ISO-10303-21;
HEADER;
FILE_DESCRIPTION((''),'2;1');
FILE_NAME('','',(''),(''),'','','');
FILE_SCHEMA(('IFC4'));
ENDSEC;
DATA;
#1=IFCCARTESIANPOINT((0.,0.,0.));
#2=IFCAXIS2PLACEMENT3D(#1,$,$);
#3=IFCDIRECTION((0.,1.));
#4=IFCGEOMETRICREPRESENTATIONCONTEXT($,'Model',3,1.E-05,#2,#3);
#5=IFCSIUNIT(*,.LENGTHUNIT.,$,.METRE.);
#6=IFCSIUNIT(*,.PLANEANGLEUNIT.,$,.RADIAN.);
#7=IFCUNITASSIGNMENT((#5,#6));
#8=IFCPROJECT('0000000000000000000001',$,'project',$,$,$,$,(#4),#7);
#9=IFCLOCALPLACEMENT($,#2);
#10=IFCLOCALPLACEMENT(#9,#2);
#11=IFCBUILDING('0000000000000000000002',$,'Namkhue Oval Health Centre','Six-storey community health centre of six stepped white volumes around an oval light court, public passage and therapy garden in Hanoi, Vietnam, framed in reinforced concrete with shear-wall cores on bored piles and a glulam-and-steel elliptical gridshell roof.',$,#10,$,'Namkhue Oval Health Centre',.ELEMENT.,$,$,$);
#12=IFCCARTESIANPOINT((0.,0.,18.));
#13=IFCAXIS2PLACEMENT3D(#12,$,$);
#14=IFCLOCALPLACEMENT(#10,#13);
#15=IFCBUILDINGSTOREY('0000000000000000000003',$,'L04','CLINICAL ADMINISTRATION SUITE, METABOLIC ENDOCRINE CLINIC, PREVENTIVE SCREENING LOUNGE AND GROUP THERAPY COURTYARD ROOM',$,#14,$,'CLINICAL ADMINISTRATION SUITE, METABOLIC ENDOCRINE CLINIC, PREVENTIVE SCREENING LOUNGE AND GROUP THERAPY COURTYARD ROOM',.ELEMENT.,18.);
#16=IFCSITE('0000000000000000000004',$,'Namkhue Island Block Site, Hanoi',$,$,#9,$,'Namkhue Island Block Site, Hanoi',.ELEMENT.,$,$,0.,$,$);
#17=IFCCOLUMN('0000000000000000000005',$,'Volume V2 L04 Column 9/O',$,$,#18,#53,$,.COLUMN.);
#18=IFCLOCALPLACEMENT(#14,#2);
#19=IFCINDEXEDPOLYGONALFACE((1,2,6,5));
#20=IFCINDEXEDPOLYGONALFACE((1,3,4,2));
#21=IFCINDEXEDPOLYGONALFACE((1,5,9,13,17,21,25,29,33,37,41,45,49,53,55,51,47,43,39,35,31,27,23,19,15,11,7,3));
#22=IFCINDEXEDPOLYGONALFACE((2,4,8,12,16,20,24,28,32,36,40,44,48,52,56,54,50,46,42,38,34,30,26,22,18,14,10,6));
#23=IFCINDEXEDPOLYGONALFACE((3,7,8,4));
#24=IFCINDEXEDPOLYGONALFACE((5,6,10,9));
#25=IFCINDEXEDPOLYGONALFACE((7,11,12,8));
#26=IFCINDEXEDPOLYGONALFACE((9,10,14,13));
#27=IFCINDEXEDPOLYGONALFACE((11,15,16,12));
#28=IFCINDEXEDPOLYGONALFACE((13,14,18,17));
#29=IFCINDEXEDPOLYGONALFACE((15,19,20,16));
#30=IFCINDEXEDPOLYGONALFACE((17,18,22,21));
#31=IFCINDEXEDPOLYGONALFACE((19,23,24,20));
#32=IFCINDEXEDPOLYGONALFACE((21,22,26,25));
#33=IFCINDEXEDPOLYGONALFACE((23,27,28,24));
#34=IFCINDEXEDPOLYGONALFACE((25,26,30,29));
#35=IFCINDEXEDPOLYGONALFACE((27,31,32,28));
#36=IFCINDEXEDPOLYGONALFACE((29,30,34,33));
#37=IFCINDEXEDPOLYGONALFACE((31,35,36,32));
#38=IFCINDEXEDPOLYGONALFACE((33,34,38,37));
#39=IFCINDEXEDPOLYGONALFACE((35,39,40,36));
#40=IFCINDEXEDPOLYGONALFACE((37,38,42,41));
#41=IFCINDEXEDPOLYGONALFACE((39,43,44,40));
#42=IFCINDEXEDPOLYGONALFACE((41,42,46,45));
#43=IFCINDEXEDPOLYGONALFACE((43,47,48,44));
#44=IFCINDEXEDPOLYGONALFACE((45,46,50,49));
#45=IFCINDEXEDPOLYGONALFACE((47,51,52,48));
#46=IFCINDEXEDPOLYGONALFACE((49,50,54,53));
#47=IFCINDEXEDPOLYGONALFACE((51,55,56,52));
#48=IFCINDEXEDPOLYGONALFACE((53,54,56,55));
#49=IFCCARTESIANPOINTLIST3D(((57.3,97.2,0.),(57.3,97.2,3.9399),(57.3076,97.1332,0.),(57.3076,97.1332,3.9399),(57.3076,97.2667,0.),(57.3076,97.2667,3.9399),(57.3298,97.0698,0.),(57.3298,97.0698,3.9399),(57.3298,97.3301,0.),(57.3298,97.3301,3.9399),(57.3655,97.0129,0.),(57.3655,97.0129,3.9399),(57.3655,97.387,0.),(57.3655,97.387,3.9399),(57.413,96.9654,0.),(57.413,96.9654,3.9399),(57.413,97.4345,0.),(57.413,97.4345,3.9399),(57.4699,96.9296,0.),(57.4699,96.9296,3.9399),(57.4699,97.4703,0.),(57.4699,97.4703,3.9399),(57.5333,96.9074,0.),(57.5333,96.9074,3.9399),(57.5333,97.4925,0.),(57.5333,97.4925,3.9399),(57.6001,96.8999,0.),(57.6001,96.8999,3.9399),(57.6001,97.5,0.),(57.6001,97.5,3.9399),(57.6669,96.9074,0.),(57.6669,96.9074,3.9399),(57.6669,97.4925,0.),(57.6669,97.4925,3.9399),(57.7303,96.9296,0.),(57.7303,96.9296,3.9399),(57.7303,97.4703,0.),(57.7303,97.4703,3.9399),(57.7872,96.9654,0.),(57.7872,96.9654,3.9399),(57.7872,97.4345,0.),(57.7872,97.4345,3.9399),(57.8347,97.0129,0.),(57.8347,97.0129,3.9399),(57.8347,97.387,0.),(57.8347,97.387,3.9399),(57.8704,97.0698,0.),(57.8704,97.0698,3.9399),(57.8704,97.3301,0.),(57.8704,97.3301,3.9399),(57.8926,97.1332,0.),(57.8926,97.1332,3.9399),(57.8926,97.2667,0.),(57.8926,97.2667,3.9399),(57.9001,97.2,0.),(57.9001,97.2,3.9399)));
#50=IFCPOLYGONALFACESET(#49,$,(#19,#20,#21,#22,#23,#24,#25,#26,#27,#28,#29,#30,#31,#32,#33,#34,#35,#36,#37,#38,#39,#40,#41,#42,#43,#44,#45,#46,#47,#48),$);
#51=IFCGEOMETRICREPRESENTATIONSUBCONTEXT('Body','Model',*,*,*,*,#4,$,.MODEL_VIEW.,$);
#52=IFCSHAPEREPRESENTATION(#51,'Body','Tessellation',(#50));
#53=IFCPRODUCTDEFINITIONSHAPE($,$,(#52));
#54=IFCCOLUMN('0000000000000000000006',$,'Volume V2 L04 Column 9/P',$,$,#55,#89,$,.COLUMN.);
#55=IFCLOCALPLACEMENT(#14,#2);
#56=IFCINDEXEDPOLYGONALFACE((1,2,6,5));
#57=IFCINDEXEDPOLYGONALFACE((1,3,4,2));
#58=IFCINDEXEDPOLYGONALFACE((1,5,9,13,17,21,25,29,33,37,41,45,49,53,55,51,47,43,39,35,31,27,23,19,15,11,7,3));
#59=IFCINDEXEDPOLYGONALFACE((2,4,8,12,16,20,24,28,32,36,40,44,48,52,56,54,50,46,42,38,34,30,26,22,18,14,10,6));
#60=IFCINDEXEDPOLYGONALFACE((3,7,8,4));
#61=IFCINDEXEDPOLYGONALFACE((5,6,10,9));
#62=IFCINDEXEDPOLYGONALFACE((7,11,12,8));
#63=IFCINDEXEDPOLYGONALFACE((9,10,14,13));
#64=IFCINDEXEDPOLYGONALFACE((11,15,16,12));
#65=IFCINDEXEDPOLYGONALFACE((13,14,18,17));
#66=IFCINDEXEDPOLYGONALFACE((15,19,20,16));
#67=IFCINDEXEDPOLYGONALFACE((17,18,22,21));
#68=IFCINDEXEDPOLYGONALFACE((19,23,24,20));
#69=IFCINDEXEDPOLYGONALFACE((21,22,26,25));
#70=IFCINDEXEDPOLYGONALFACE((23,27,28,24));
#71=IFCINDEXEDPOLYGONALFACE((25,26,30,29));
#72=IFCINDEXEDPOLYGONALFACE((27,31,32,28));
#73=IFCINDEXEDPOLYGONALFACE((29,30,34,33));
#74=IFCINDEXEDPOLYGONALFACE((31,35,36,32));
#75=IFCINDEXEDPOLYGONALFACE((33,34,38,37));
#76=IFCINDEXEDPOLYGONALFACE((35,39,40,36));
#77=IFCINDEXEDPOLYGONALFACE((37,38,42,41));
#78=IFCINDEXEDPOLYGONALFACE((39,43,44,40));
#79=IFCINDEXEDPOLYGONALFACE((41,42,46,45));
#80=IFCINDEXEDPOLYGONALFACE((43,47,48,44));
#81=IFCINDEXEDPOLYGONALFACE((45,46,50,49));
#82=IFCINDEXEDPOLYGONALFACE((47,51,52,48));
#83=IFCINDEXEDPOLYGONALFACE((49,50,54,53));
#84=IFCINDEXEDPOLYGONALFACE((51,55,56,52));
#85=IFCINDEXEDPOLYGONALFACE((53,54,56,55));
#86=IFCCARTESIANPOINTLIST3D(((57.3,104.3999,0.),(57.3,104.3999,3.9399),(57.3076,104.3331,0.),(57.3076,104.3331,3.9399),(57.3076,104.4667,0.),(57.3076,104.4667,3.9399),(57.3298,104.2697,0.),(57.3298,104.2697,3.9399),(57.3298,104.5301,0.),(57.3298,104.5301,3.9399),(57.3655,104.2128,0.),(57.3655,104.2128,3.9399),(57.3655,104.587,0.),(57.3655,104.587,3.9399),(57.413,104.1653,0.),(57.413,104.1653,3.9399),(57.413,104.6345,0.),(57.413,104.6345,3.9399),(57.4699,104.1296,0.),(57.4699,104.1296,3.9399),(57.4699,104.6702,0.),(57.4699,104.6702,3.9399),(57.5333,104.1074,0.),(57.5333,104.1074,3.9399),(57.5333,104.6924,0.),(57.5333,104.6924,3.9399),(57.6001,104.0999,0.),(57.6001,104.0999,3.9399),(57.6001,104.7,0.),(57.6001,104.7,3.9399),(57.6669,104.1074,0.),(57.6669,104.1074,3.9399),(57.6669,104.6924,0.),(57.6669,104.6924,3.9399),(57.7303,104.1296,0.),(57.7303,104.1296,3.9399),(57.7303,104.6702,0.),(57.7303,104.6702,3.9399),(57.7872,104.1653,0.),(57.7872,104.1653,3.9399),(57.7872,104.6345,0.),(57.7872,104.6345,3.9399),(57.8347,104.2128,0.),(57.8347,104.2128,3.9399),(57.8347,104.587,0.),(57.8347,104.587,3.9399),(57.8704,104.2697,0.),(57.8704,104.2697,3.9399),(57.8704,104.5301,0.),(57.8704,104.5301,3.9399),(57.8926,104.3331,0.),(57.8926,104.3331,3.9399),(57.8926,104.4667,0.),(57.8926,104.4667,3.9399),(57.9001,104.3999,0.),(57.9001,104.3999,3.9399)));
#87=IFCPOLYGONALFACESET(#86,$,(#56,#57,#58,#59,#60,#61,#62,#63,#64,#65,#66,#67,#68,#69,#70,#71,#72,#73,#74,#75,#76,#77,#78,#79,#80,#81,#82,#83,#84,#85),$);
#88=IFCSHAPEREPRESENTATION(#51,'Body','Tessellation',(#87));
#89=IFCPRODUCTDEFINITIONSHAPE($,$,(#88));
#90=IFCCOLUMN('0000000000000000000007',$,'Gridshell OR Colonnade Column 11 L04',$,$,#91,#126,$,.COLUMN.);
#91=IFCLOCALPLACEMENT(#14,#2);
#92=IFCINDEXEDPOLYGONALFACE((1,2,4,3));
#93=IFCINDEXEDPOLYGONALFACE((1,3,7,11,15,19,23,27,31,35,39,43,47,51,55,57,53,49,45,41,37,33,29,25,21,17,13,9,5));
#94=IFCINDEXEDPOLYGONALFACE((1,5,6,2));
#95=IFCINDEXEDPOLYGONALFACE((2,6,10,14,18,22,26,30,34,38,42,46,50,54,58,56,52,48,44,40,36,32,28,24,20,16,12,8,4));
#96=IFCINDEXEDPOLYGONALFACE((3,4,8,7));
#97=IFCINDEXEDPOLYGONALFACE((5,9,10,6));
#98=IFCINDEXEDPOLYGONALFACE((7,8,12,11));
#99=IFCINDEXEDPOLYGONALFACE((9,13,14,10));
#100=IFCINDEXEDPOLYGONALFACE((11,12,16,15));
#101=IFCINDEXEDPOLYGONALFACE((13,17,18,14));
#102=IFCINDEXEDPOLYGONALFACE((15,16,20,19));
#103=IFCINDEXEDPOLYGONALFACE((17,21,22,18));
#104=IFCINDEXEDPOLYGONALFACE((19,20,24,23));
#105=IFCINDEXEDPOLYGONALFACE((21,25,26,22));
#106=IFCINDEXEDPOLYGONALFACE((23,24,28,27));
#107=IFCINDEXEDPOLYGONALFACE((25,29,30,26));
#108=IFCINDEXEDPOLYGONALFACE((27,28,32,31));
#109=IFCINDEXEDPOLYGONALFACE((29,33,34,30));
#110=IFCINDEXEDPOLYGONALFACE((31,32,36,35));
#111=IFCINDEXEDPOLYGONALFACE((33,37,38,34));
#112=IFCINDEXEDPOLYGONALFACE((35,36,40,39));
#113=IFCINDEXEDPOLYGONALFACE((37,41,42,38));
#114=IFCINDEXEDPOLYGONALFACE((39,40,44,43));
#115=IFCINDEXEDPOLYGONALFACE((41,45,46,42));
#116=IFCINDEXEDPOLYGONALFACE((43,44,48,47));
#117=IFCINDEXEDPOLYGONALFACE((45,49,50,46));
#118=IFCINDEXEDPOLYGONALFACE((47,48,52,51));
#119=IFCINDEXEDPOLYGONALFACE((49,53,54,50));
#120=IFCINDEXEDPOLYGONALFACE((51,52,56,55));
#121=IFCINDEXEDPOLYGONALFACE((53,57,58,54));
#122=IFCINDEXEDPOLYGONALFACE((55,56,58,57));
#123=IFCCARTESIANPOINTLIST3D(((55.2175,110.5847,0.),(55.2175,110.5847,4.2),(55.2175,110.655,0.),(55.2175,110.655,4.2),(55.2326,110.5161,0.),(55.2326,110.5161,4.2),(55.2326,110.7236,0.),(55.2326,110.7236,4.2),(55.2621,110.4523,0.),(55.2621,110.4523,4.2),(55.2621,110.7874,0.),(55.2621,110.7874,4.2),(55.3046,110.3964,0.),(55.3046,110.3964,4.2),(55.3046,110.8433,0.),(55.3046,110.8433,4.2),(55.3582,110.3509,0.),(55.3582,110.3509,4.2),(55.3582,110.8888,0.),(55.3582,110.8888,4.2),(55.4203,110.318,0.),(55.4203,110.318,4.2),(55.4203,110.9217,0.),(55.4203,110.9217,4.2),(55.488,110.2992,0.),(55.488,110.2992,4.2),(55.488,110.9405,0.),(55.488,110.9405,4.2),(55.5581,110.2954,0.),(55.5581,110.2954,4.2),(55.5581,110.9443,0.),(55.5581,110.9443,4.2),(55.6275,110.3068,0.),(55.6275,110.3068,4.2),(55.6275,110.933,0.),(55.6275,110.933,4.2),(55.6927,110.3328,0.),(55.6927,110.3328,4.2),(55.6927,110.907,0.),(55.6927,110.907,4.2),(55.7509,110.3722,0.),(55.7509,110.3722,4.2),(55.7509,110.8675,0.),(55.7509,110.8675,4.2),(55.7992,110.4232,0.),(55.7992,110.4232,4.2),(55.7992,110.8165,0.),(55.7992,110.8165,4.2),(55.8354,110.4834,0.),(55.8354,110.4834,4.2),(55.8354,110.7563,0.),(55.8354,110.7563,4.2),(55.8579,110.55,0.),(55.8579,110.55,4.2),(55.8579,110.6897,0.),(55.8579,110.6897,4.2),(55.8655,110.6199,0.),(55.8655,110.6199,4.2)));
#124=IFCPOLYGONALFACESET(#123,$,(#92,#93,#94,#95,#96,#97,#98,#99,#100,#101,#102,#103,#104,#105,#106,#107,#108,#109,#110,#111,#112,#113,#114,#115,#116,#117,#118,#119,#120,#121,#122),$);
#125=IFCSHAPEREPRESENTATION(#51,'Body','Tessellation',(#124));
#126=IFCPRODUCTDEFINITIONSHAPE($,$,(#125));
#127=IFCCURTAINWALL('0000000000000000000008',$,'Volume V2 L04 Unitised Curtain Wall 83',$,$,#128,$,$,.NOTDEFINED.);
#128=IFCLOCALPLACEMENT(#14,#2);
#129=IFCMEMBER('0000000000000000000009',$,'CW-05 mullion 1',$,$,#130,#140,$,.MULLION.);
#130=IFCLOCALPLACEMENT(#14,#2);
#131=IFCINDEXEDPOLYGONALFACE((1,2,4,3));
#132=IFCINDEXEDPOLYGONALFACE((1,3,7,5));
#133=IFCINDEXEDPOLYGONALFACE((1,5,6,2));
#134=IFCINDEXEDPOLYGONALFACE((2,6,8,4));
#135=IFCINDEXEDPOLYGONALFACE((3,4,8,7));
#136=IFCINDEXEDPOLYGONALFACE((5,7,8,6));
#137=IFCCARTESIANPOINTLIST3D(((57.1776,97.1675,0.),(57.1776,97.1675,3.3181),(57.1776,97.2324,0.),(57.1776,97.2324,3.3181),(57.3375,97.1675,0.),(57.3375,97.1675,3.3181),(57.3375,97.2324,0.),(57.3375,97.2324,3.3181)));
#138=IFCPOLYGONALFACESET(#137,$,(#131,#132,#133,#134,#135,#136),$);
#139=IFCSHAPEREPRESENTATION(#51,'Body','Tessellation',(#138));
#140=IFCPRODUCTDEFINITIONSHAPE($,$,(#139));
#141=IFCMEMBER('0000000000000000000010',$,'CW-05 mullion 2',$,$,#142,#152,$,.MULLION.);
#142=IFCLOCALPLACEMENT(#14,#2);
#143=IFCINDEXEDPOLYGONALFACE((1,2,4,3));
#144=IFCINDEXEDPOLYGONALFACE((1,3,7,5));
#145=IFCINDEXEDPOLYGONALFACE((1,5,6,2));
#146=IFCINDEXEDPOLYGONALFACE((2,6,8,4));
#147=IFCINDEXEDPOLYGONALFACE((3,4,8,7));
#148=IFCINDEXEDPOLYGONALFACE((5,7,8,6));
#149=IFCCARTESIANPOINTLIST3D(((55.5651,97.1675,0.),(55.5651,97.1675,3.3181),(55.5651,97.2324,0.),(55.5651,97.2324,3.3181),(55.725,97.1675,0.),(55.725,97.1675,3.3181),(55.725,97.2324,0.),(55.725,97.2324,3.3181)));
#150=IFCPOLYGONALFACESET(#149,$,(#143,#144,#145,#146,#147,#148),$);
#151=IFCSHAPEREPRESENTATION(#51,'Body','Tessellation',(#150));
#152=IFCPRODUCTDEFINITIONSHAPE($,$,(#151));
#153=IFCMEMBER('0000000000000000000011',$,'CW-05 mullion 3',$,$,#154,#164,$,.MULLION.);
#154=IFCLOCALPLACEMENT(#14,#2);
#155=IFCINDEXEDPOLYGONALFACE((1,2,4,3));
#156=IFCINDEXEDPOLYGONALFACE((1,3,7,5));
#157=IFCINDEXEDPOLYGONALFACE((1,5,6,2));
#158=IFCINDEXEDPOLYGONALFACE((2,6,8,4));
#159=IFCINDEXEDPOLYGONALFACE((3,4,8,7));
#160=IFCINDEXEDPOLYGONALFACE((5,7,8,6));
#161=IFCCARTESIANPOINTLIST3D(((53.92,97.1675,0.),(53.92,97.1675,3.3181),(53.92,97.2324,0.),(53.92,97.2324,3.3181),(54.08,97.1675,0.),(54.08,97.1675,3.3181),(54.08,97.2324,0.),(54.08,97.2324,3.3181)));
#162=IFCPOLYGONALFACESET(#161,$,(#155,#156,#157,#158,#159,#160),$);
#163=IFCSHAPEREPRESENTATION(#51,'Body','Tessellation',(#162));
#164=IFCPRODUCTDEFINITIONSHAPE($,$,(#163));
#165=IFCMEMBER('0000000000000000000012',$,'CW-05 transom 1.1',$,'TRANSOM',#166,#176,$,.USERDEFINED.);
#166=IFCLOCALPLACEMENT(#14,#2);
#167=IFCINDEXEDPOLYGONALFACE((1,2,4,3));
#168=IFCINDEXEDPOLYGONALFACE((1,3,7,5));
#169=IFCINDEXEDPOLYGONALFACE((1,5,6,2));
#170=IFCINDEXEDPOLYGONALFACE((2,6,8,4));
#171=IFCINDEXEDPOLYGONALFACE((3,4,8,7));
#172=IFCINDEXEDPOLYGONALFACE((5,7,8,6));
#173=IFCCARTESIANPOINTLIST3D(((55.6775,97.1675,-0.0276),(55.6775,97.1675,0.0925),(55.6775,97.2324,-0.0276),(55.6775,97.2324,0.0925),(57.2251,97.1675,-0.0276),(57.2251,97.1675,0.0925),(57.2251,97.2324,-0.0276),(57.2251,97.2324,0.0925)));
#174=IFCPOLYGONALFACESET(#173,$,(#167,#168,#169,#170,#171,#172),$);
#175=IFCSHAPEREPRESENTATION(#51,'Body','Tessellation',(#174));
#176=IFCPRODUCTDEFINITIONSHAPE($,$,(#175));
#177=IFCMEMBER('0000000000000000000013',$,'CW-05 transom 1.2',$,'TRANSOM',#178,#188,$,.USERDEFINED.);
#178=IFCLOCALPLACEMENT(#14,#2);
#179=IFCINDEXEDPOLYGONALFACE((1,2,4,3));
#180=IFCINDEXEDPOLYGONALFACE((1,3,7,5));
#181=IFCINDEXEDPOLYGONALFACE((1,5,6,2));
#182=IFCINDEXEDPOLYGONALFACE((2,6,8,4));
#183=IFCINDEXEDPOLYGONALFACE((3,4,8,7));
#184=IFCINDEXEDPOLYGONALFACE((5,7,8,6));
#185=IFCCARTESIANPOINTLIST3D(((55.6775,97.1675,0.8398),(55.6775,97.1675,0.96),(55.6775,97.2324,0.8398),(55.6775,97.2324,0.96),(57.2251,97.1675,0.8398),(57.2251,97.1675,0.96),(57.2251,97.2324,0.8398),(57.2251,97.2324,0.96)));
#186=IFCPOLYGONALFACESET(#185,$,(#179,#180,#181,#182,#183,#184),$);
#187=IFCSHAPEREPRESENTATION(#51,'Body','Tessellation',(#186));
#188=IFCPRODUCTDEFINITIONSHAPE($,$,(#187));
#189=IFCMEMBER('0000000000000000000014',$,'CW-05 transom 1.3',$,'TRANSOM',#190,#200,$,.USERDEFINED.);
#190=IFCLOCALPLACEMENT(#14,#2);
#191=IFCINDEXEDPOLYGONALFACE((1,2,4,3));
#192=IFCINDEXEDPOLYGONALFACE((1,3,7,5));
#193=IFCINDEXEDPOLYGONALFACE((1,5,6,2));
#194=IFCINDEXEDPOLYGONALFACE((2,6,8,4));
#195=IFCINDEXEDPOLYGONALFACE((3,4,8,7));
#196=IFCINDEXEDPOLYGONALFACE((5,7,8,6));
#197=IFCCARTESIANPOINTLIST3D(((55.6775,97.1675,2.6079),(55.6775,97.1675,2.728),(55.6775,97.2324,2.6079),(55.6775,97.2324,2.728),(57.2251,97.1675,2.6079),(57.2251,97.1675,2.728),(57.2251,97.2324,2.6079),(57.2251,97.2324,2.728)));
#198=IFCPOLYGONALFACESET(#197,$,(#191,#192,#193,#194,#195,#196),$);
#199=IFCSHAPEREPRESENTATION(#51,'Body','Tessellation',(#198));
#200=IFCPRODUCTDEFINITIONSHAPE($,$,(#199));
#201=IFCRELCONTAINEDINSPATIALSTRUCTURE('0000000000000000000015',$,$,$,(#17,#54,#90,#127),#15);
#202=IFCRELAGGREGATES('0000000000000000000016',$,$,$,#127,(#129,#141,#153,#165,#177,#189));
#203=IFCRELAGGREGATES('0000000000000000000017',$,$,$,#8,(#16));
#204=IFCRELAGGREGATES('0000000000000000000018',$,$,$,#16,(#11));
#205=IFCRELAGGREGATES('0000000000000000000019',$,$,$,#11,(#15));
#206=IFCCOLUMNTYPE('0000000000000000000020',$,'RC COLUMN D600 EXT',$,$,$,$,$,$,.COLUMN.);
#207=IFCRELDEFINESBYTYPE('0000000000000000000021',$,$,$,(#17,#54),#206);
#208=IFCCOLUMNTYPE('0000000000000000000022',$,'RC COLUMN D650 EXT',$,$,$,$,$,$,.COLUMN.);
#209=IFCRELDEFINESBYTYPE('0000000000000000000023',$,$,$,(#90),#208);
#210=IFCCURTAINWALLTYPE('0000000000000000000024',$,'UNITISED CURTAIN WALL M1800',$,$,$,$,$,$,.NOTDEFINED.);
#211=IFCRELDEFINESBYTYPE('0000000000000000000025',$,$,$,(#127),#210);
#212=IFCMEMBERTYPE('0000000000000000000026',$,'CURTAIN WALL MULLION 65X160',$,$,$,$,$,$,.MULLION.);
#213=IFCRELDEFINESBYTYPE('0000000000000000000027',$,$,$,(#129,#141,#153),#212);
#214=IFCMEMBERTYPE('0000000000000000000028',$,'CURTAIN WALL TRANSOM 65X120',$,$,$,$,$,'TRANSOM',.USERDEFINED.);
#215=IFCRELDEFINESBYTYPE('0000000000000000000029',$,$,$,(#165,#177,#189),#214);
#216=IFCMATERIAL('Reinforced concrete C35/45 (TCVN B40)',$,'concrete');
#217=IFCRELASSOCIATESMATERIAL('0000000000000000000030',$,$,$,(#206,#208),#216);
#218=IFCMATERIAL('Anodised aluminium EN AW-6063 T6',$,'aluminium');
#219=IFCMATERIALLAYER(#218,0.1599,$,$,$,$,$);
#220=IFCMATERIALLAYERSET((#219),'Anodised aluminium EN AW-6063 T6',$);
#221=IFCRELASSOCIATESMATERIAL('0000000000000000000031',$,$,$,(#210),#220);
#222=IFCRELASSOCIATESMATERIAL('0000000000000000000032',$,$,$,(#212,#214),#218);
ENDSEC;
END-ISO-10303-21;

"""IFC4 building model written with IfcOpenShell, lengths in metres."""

from ifc_helpers import new_model, si_unit, direction, frame, origin, origin_2d, place, context, subcontext, project, spatial, rectangle, circle, extrude, material, layer, layer_set, material_profile, profile_set, type_object, element, aggregate, save


model = new_model("IFC4")

# Units and contexts
model_context = context("Model", 3, precision=1e-05, world=origin(), true_north=direction((0.0, 1.0)))
body_context = subcontext(model_context, "Body", "Model", "MODEL_VIEW")
ifc_project = project(units=[si_unit("LENGTHUNIT", "METRE"), si_unit("PLANEANGLEUNIT", "RADIAN")], contexts=[model_context])

# Site, building, storey
site_placement = place(None, origin())
site = spatial("IfcSite", under=ifc_project, at=site_placement, Name="Namkhue Island Block Site, Hanoi", LongName="Namkhue Island Block Site, Hanoi", CompositionType="ELEMENT", RefElevation=0.0)
building_placement = place(site_placement, origin())
building = spatial("IfcBuilding", under=site, at=building_placement, Name="Namkhue Oval Health Centre", Description="Six-storey community health centre of six stepped white volumes around an oval light court, public passage and therapy garden in Hanoi, Vietnam, framed in reinforced concrete with shear-wall cores on bored piles and a glulam-and-steel elliptical gridshell roof.", LongName="Namkhue Oval Health Centre", CompositionType="ELEMENT")
storey_placement = place(building_placement, frame((0.0, 0.0, 18.0)))
storey = spatial("IfcBuildingStorey", under=building, at=storey_placement, Name="L04", Description="CLINICAL ADMINISTRATION SUITE, METABOLIC ENDOCRINE CLINIC, PREVENTIVE SCREENING LOUNGE AND GROUP THERAPY COURTYARD ROOM", LongName="CLINICAL ADMINISTRATION SUITE, METABOLIC ENDOCRINE CLINIC, PREVENTIVE SCREENING LOUNGE AND GROUP THERAPY COURTYARD ROOM", CompositionType="ELEMENT", Elevation=18.0)

# Columns
ifc_material_1 = material(Name="Reinforced concrete C35/45 (TCVN B40)", Category="concrete")
ifc_material_profile_1 = material_profile(ifc_material_1, circle(Radius=0.3, at=origin_2d()), Name="RC D600")
ifc_profile_set_1 = profile_set([ifc_material_profile_1], Name="Reinforced concrete C35/45 (TCVN B40)")
column_type_1 = type_object("IfcColumnType", Name="RC COLUMN D600 EXT", PredefinedType="COLUMN", material=ifc_profile_set_1)
for number, where, z_axis, x_axis, name in (
    (1, (57.6001, 97.2, 0.0), (0.0, 0.0, 1.0), (1.0, 0.0, 0.0), "Volume V2 L04 Column 9/O"),
    (2, (57.6001, 104.3999, 0.0), (0.0, 0.0, 1.0), (1.0, 0.0, 0.0), "Volume V2 L04 Column 9/P"),
):
    element("IfcColumn", number, at=place(storey_placement, frame(where, z_axis=z_axis, x_axis=x_axis)), inside=storey, type_object=column_type_1, Name=name, PredefinedType="COLUMN", context=body_context, shape_type="SweptSolid", body=[
        extrude(circle(Radius=0.3, at=origin_2d()), origin(), (0.0, 0.0, 1.0), 3.9399),
    ])
ifc_material_profile_2 = material_profile(ifc_material_1, circle(Radius=0.325, at=origin_2d()), Name="RC D650")
ifc_profile_set_2 = profile_set([ifc_material_profile_2], Name="Reinforced concrete C35/45 (TCVN B40)")
column_type_2 = type_object("IfcColumnType", Name="RC COLUMN D650 EXT", PredefinedType="COLUMN", material=ifc_profile_set_2)
column_placement = place(storey_placement, frame((55.5405, 110.6199, 0.0), z_axis=(0.0, 0.0, 1.0), x_axis=(1.0, 0.0, 0.0)))
element("IfcColumn", 3, at=column_placement, inside=storey, type_object=column_type_2, Name="Gridshell OR Colonnade Column 11 L04", PredefinedType="COLUMN", context=body_context, shape_type="SweptSolid", body=[
    extrude(circle(Radius=0.325, at=origin_2d()), origin(), (0.0, 0.0, 1.0), 4.2),
])

# Curtain wall, members
ifc_material_2 = material(Name="Anodised aluminium EN AW-6063 T6", Category="aluminium")
ifc_layer_1 = layer(ifc_material_2, 0.1599)
ifc_layer_set_1 = layer_set([ifc_layer_1], Name="Anodised aluminium EN AW-6063 T6")
curtain_wall_type = type_object("IfcCurtainWallType", Name="UNITISED CURTAIN WALL M1800", PredefinedType="NOTDEFINED", material=ifc_layer_set_1)
curtain_wall_placement = place(storey_placement, origin())
curtain_wall = element("IfcCurtainWall", 4, at=curtain_wall_placement, inside=storey, type_object=curtain_wall_type, Name="Volume V2 L04 Unitised Curtain Wall 83", PredefinedType="NOTDEFINED")
ifc_material_profile_3 = material_profile(ifc_material_2, rectangle(XDim=0.0649, YDim=0.1599, at=origin_2d()), Name="ALU 65x160")
ifc_profile_set_3 = profile_set([ifc_material_profile_3], Name="Anodised aluminium EN AW-6063 T6")
member_type_1 = type_object("IfcMemberType", Name="CURTAIN WALL MULLION 65X160", PredefinedType="MULLION", material=ifc_profile_set_3)
member_1_placement = place(storey_placement, frame((57.2576, 97.2, 0.0), z_axis=(0.0, 0.0, 1.0), x_axis=(0.0, -1.0, 0.0)))
member_1 = element("IfcMember", 5, at=member_1_placement, type_object=member_type_1, Name="CW-05 mullion 1", PredefinedType="MULLION", context=body_context, shape_type="SweptSolid", body=[
    extrude(rectangle(XDim=0.0649, YDim=0.1599, at=origin_2d()), origin(), (0.0, 0.0, 1.0), 3.3181),
])
member_2_placement = place(storey_placement, frame((55.645, 97.2, 0.0), z_axis=(0.0, 0.0, 1.0), x_axis=(0.0, -1.0, 0.0)))
member_2 = element("IfcMember", 6, at=member_2_placement, type_object=member_type_1, Name="CW-05 mullion 2", PredefinedType="MULLION", context=body_context, shape_type="SweptSolid", body=[
    extrude(rectangle(XDim=0.0649, YDim=0.1599, at=origin_2d()), origin(), (0.0, 0.0, 1.0), 3.3181),
])
member_3_placement = place(storey_placement, frame((54.0, 97.2, 0.0), z_axis=(0.0, 0.0, 1.0), x_axis=(0.0, -1.0, 0.0)))
member_3 = element("IfcMember", 7, at=member_3_placement, type_object=member_type_1, Name="CW-05 mullion 3", PredefinedType="MULLION", context=body_context, shape_type="SweptSolid", body=[
    extrude(rectangle(XDim=0.0649, YDim=0.1599, at=origin_2d()), origin(), (0.0, 0.0, 1.0), 3.3181),
])
ifc_material_profile_4 = material_profile(ifc_material_2, rectangle(XDim=0.0649, YDim=0.1201, at=origin_2d()), Name="ALU 65x120")
ifc_profile_set_4 = profile_set([ifc_material_profile_4], Name="Anodised aluminium EN AW-6063 T6")
member_type_2 = type_object("IfcMemberType", Name="CURTAIN WALL TRANSOM 65X120", ElementType="TRANSOM", PredefinedType="USERDEFINED", material=ifc_profile_set_4)
member_4_placement = place(storey_placement, frame((57.2251, 97.2, 0.0325), z_axis=(-1.0, 0.0, 0.0), x_axis=(0.0, -1.0, 0.0)))
member_4 = element("IfcMember", 8, at=member_4_placement, type_object=member_type_2, Name="CW-05 transom 1.1", ObjectType="TRANSOM", PredefinedType="USERDEFINED", context=body_context, shape_type="SweptSolid", body=[
    extrude(rectangle(XDim=0.0649, YDim=0.1201, at=origin_2d()), origin(), (0.0, 0.0, 1.0), 1.5476),
])
member_5_placement = place(storey_placement, frame((57.2251, 97.2, 0.8999), z_axis=(-1.0, 0.0, 0.0), x_axis=(0.0, -1.0, 0.0)))
member_5 = element("IfcMember", 9, at=member_5_placement, type_object=member_type_2, Name="CW-05 transom 1.2", ObjectType="TRANSOM", PredefinedType="USERDEFINED", context=body_context, shape_type="SweptSolid", body=[
    extrude(rectangle(XDim=0.0649, YDim=0.1201, at=origin_2d()), origin(), (0.0, 0.0, 1.0), 1.5476),
])
member_6_placement = place(storey_placement, frame((57.2251, 97.2, 2.668), z_axis=(-1.0, 0.0, 0.0), x_axis=(0.0, -1.0, 0.0)))
member_6 = element("IfcMember", 10, at=member_6_placement, type_object=member_type_2, Name="CW-05 transom 1.3", ObjectType="TRANSOM", PredefinedType="USERDEFINED", context=body_context, shape_type="SweptSolid", body=[
    extrude(rectangle(XDim=0.0649, YDim=0.1201, at=origin_2d()), origin(), (0.0, 0.0, 1.0), 1.5476),
])

aggregate(curtain_wall, [member_1, member_2, member_3, member_4, member_5, member_6])

save(model, "model.ifc")
